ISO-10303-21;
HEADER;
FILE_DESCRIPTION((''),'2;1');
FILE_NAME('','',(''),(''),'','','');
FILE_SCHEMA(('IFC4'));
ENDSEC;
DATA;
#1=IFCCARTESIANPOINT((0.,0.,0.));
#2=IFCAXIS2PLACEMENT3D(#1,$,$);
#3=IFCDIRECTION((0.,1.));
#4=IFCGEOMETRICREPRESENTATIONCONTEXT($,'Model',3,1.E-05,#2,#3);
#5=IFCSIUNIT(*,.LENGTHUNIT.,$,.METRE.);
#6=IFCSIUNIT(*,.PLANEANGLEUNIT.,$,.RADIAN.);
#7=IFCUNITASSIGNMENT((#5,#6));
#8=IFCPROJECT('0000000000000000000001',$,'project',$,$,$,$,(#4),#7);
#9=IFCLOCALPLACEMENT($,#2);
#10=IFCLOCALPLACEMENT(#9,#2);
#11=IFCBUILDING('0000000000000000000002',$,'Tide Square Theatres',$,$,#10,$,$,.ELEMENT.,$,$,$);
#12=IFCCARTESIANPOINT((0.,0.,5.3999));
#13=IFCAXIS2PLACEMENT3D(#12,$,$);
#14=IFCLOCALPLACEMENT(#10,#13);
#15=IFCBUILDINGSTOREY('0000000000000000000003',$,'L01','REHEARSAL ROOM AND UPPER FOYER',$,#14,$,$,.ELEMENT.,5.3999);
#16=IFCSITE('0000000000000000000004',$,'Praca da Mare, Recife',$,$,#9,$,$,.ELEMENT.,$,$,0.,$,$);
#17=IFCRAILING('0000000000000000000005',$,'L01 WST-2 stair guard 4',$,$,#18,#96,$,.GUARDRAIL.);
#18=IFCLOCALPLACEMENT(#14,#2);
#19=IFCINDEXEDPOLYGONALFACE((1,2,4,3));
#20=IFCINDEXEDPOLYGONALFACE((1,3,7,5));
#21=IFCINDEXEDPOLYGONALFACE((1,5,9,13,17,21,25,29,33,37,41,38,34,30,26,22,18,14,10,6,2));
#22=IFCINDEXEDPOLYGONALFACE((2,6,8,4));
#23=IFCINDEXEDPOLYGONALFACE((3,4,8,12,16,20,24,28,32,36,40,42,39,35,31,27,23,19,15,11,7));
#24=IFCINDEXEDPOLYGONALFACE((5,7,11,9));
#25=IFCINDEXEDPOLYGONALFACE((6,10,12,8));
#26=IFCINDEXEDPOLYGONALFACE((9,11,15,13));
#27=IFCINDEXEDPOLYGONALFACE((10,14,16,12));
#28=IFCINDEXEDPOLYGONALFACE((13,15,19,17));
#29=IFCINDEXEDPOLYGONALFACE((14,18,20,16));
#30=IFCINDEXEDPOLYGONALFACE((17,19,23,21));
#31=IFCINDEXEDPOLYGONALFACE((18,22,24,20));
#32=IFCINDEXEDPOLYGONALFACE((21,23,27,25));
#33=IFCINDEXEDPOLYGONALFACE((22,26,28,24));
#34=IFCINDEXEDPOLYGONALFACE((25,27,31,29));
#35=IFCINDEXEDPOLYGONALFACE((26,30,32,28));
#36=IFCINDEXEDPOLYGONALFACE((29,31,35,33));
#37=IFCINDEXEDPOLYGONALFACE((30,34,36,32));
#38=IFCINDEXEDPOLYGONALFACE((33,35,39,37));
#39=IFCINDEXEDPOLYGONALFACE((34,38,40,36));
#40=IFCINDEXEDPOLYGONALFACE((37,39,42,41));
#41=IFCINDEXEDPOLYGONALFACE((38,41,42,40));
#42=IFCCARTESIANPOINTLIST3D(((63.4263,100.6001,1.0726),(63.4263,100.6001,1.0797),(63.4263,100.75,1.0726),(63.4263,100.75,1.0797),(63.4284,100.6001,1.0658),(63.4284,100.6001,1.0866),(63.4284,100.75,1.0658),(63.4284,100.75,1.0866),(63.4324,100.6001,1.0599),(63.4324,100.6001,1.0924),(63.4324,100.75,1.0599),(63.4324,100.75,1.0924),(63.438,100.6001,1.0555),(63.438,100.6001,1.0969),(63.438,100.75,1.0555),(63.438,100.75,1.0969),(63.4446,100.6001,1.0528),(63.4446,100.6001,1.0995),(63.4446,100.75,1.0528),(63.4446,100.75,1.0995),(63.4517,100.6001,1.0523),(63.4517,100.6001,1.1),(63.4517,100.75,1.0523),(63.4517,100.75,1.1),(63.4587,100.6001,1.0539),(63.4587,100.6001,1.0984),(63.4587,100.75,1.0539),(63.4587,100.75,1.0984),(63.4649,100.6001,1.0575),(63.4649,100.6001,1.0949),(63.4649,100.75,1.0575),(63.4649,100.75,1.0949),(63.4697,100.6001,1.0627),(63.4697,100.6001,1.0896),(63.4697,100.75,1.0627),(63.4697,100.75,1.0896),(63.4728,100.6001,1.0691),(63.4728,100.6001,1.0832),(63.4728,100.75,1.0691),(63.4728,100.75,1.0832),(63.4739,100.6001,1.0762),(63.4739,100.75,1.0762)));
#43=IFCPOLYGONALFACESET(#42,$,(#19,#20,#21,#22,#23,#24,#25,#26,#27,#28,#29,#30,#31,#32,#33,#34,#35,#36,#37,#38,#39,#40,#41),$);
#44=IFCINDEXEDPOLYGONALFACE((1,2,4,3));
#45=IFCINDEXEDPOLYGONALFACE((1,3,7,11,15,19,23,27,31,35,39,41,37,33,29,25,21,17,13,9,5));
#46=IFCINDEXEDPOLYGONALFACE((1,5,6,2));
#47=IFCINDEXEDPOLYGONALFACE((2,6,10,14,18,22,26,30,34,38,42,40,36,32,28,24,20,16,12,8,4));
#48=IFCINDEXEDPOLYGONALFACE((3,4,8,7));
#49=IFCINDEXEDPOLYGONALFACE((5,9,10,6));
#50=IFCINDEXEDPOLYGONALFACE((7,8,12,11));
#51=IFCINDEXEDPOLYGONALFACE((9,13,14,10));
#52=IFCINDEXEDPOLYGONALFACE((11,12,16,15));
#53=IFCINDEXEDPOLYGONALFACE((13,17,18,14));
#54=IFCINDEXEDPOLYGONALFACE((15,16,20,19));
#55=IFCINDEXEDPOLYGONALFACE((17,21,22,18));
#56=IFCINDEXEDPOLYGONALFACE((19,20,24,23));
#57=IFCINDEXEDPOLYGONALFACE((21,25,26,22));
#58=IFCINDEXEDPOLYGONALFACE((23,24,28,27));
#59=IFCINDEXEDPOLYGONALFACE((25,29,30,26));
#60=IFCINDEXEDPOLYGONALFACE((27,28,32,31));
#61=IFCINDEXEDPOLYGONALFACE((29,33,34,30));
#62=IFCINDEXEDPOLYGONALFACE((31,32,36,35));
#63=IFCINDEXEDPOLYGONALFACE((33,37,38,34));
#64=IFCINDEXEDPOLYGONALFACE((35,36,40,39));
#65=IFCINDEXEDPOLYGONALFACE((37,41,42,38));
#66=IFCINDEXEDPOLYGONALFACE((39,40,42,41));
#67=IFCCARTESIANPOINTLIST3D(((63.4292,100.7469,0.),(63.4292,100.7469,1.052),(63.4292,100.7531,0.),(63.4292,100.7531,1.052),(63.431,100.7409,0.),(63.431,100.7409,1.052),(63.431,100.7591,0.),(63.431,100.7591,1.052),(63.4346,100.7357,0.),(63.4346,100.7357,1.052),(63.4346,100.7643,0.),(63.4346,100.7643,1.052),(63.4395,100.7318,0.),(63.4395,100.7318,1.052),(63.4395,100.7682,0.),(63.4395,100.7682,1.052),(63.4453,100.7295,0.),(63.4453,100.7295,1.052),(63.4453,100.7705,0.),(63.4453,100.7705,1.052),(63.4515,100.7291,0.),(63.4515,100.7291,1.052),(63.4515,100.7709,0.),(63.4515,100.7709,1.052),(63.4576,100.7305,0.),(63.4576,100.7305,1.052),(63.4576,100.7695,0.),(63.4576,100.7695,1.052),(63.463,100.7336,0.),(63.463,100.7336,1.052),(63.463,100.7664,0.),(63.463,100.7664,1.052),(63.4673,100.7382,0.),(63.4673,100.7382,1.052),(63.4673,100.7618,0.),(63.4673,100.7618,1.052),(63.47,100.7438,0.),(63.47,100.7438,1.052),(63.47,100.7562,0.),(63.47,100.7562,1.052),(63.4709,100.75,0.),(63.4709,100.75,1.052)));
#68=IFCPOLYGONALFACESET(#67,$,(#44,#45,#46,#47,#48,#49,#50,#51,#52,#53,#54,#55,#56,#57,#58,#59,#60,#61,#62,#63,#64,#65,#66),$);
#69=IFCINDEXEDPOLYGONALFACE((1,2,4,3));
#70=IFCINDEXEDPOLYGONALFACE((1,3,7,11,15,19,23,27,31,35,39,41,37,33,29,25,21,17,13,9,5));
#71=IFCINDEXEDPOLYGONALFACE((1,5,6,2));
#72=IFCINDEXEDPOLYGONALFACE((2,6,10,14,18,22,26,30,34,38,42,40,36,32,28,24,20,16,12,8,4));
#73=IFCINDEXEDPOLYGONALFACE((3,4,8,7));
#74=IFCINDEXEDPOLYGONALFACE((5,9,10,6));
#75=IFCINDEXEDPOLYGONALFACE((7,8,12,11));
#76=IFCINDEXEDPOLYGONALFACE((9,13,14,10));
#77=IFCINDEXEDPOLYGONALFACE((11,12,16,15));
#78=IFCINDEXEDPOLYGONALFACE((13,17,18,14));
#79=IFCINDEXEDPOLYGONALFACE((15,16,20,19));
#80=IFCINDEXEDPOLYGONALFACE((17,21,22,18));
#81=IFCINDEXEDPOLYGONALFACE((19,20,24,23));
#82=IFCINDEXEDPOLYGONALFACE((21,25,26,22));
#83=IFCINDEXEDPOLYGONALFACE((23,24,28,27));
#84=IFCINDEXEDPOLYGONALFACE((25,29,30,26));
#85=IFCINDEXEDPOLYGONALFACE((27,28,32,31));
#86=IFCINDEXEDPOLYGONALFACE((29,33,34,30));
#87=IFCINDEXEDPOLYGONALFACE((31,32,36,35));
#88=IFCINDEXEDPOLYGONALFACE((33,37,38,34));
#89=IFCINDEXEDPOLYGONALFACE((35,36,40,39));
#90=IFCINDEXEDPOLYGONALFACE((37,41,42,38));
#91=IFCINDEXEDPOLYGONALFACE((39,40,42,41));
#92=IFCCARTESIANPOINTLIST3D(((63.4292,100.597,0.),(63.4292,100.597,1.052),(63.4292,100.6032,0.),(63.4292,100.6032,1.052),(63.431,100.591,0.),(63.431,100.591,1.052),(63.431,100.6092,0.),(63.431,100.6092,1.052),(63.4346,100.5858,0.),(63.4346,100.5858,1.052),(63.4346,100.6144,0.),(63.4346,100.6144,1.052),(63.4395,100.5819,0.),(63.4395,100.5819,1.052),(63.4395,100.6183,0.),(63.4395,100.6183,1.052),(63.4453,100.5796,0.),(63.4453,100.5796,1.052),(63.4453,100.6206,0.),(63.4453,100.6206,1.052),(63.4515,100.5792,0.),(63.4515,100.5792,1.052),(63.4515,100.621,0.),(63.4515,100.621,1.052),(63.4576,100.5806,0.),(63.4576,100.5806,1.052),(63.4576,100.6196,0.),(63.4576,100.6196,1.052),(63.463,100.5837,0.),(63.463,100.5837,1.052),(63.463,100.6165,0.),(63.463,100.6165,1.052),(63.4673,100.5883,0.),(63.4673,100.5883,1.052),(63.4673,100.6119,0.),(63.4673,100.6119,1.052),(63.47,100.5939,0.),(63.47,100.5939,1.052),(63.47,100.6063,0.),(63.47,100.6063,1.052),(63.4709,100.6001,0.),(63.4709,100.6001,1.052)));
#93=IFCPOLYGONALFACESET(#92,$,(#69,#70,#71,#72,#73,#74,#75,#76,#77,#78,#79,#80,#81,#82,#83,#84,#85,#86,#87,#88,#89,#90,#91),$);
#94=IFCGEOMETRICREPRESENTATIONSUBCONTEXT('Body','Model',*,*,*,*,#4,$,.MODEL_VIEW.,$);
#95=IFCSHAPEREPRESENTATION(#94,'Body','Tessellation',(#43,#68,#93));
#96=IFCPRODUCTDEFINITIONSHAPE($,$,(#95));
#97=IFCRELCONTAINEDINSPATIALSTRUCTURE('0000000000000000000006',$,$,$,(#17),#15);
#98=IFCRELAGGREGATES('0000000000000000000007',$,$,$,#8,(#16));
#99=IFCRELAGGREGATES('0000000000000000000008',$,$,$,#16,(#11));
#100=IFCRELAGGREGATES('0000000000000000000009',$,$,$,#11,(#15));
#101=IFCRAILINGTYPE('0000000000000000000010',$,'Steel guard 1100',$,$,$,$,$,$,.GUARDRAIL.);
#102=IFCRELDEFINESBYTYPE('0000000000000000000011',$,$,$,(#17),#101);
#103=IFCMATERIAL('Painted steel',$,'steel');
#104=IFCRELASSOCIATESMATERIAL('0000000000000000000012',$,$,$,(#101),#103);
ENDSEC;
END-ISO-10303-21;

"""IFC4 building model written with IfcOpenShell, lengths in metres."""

from ifc_helpers import new_model, si_unit, direction, frame, origin, origin_2d, place, context, subcontext, project, spatial, circle, extrude, material, type_object, element, save


model = new_model("IFC4")

# Units and contexts
model_context = context("Model", 3, precision=1e-05, world=origin(), true_north=direction((0.0, 1.0)))
body_context = subcontext(model_context, "Body", "Model", "MODEL_VIEW")
ifc_project = project(units=[si_unit("LENGTHUNIT", "METRE"), si_unit("PLANEANGLEUNIT", "RADIAN")], contexts=[model_context])

# Site, building, storey
site_placement = place(None, origin())
site = spatial("IfcSite", under=ifc_project, at=site_placement, Name="Praca da Mare, Recife", CompositionType="ELEMENT", RefElevation=0.0)
building_placement = place(site_placement, origin())
building = spatial("IfcBuilding", under=site, at=building_placement, Name="Tide Square Theatres", CompositionType="ELEMENT")
storey_placement = place(building_placement, frame((0.0, 0.0, 5.3999)))
storey = spatial("IfcBuildingStorey", under=building, at=storey_placement, Name="L01", Description="REHEARSAL ROOM AND UPPER FOYER", CompositionType="ELEMENT", Elevation=5.3999)

# Railing
ifc_material_1 = material(Name="Painted steel", Category="steel")
railing_type_1 = type_object("IfcRailingType", Name="Steel guard 1100", PredefinedType="GUARDRAIL", material=ifc_material_1)
railing_1_placement = place(storey_placement, frame((63.45, 100.75, 0.0)))
element("IfcRailing", 1, at=railing_1_placement, inside=storey, type_object=railing_type_1, Name="L01 WST-2 stair guard 4", PredefinedType="GUARDRAIL", context=body_context, shape_type="SweptSolid", body=[
    extrude(circle(Radius=0.0239, at=origin_2d()), frame((0.0, 0.0, 1.0762), z_axis=(0.0, -1.0, 0.0), x_axis=(1.0, 0.0, 0.0)), (0.0, 0.0, 1.0), 0.1499),
    extrude(circle(Radius=0.021, at=origin_2d()), origin(), (0.0, 0.0, 1.0), 1.052),
    extrude(circle(Radius=0.021, at=origin_2d()), frame((0.0, -0.1499, 0.0)), (0.0, 0.0, 1.0), 1.052),
])

save(model, "model.ifc")
